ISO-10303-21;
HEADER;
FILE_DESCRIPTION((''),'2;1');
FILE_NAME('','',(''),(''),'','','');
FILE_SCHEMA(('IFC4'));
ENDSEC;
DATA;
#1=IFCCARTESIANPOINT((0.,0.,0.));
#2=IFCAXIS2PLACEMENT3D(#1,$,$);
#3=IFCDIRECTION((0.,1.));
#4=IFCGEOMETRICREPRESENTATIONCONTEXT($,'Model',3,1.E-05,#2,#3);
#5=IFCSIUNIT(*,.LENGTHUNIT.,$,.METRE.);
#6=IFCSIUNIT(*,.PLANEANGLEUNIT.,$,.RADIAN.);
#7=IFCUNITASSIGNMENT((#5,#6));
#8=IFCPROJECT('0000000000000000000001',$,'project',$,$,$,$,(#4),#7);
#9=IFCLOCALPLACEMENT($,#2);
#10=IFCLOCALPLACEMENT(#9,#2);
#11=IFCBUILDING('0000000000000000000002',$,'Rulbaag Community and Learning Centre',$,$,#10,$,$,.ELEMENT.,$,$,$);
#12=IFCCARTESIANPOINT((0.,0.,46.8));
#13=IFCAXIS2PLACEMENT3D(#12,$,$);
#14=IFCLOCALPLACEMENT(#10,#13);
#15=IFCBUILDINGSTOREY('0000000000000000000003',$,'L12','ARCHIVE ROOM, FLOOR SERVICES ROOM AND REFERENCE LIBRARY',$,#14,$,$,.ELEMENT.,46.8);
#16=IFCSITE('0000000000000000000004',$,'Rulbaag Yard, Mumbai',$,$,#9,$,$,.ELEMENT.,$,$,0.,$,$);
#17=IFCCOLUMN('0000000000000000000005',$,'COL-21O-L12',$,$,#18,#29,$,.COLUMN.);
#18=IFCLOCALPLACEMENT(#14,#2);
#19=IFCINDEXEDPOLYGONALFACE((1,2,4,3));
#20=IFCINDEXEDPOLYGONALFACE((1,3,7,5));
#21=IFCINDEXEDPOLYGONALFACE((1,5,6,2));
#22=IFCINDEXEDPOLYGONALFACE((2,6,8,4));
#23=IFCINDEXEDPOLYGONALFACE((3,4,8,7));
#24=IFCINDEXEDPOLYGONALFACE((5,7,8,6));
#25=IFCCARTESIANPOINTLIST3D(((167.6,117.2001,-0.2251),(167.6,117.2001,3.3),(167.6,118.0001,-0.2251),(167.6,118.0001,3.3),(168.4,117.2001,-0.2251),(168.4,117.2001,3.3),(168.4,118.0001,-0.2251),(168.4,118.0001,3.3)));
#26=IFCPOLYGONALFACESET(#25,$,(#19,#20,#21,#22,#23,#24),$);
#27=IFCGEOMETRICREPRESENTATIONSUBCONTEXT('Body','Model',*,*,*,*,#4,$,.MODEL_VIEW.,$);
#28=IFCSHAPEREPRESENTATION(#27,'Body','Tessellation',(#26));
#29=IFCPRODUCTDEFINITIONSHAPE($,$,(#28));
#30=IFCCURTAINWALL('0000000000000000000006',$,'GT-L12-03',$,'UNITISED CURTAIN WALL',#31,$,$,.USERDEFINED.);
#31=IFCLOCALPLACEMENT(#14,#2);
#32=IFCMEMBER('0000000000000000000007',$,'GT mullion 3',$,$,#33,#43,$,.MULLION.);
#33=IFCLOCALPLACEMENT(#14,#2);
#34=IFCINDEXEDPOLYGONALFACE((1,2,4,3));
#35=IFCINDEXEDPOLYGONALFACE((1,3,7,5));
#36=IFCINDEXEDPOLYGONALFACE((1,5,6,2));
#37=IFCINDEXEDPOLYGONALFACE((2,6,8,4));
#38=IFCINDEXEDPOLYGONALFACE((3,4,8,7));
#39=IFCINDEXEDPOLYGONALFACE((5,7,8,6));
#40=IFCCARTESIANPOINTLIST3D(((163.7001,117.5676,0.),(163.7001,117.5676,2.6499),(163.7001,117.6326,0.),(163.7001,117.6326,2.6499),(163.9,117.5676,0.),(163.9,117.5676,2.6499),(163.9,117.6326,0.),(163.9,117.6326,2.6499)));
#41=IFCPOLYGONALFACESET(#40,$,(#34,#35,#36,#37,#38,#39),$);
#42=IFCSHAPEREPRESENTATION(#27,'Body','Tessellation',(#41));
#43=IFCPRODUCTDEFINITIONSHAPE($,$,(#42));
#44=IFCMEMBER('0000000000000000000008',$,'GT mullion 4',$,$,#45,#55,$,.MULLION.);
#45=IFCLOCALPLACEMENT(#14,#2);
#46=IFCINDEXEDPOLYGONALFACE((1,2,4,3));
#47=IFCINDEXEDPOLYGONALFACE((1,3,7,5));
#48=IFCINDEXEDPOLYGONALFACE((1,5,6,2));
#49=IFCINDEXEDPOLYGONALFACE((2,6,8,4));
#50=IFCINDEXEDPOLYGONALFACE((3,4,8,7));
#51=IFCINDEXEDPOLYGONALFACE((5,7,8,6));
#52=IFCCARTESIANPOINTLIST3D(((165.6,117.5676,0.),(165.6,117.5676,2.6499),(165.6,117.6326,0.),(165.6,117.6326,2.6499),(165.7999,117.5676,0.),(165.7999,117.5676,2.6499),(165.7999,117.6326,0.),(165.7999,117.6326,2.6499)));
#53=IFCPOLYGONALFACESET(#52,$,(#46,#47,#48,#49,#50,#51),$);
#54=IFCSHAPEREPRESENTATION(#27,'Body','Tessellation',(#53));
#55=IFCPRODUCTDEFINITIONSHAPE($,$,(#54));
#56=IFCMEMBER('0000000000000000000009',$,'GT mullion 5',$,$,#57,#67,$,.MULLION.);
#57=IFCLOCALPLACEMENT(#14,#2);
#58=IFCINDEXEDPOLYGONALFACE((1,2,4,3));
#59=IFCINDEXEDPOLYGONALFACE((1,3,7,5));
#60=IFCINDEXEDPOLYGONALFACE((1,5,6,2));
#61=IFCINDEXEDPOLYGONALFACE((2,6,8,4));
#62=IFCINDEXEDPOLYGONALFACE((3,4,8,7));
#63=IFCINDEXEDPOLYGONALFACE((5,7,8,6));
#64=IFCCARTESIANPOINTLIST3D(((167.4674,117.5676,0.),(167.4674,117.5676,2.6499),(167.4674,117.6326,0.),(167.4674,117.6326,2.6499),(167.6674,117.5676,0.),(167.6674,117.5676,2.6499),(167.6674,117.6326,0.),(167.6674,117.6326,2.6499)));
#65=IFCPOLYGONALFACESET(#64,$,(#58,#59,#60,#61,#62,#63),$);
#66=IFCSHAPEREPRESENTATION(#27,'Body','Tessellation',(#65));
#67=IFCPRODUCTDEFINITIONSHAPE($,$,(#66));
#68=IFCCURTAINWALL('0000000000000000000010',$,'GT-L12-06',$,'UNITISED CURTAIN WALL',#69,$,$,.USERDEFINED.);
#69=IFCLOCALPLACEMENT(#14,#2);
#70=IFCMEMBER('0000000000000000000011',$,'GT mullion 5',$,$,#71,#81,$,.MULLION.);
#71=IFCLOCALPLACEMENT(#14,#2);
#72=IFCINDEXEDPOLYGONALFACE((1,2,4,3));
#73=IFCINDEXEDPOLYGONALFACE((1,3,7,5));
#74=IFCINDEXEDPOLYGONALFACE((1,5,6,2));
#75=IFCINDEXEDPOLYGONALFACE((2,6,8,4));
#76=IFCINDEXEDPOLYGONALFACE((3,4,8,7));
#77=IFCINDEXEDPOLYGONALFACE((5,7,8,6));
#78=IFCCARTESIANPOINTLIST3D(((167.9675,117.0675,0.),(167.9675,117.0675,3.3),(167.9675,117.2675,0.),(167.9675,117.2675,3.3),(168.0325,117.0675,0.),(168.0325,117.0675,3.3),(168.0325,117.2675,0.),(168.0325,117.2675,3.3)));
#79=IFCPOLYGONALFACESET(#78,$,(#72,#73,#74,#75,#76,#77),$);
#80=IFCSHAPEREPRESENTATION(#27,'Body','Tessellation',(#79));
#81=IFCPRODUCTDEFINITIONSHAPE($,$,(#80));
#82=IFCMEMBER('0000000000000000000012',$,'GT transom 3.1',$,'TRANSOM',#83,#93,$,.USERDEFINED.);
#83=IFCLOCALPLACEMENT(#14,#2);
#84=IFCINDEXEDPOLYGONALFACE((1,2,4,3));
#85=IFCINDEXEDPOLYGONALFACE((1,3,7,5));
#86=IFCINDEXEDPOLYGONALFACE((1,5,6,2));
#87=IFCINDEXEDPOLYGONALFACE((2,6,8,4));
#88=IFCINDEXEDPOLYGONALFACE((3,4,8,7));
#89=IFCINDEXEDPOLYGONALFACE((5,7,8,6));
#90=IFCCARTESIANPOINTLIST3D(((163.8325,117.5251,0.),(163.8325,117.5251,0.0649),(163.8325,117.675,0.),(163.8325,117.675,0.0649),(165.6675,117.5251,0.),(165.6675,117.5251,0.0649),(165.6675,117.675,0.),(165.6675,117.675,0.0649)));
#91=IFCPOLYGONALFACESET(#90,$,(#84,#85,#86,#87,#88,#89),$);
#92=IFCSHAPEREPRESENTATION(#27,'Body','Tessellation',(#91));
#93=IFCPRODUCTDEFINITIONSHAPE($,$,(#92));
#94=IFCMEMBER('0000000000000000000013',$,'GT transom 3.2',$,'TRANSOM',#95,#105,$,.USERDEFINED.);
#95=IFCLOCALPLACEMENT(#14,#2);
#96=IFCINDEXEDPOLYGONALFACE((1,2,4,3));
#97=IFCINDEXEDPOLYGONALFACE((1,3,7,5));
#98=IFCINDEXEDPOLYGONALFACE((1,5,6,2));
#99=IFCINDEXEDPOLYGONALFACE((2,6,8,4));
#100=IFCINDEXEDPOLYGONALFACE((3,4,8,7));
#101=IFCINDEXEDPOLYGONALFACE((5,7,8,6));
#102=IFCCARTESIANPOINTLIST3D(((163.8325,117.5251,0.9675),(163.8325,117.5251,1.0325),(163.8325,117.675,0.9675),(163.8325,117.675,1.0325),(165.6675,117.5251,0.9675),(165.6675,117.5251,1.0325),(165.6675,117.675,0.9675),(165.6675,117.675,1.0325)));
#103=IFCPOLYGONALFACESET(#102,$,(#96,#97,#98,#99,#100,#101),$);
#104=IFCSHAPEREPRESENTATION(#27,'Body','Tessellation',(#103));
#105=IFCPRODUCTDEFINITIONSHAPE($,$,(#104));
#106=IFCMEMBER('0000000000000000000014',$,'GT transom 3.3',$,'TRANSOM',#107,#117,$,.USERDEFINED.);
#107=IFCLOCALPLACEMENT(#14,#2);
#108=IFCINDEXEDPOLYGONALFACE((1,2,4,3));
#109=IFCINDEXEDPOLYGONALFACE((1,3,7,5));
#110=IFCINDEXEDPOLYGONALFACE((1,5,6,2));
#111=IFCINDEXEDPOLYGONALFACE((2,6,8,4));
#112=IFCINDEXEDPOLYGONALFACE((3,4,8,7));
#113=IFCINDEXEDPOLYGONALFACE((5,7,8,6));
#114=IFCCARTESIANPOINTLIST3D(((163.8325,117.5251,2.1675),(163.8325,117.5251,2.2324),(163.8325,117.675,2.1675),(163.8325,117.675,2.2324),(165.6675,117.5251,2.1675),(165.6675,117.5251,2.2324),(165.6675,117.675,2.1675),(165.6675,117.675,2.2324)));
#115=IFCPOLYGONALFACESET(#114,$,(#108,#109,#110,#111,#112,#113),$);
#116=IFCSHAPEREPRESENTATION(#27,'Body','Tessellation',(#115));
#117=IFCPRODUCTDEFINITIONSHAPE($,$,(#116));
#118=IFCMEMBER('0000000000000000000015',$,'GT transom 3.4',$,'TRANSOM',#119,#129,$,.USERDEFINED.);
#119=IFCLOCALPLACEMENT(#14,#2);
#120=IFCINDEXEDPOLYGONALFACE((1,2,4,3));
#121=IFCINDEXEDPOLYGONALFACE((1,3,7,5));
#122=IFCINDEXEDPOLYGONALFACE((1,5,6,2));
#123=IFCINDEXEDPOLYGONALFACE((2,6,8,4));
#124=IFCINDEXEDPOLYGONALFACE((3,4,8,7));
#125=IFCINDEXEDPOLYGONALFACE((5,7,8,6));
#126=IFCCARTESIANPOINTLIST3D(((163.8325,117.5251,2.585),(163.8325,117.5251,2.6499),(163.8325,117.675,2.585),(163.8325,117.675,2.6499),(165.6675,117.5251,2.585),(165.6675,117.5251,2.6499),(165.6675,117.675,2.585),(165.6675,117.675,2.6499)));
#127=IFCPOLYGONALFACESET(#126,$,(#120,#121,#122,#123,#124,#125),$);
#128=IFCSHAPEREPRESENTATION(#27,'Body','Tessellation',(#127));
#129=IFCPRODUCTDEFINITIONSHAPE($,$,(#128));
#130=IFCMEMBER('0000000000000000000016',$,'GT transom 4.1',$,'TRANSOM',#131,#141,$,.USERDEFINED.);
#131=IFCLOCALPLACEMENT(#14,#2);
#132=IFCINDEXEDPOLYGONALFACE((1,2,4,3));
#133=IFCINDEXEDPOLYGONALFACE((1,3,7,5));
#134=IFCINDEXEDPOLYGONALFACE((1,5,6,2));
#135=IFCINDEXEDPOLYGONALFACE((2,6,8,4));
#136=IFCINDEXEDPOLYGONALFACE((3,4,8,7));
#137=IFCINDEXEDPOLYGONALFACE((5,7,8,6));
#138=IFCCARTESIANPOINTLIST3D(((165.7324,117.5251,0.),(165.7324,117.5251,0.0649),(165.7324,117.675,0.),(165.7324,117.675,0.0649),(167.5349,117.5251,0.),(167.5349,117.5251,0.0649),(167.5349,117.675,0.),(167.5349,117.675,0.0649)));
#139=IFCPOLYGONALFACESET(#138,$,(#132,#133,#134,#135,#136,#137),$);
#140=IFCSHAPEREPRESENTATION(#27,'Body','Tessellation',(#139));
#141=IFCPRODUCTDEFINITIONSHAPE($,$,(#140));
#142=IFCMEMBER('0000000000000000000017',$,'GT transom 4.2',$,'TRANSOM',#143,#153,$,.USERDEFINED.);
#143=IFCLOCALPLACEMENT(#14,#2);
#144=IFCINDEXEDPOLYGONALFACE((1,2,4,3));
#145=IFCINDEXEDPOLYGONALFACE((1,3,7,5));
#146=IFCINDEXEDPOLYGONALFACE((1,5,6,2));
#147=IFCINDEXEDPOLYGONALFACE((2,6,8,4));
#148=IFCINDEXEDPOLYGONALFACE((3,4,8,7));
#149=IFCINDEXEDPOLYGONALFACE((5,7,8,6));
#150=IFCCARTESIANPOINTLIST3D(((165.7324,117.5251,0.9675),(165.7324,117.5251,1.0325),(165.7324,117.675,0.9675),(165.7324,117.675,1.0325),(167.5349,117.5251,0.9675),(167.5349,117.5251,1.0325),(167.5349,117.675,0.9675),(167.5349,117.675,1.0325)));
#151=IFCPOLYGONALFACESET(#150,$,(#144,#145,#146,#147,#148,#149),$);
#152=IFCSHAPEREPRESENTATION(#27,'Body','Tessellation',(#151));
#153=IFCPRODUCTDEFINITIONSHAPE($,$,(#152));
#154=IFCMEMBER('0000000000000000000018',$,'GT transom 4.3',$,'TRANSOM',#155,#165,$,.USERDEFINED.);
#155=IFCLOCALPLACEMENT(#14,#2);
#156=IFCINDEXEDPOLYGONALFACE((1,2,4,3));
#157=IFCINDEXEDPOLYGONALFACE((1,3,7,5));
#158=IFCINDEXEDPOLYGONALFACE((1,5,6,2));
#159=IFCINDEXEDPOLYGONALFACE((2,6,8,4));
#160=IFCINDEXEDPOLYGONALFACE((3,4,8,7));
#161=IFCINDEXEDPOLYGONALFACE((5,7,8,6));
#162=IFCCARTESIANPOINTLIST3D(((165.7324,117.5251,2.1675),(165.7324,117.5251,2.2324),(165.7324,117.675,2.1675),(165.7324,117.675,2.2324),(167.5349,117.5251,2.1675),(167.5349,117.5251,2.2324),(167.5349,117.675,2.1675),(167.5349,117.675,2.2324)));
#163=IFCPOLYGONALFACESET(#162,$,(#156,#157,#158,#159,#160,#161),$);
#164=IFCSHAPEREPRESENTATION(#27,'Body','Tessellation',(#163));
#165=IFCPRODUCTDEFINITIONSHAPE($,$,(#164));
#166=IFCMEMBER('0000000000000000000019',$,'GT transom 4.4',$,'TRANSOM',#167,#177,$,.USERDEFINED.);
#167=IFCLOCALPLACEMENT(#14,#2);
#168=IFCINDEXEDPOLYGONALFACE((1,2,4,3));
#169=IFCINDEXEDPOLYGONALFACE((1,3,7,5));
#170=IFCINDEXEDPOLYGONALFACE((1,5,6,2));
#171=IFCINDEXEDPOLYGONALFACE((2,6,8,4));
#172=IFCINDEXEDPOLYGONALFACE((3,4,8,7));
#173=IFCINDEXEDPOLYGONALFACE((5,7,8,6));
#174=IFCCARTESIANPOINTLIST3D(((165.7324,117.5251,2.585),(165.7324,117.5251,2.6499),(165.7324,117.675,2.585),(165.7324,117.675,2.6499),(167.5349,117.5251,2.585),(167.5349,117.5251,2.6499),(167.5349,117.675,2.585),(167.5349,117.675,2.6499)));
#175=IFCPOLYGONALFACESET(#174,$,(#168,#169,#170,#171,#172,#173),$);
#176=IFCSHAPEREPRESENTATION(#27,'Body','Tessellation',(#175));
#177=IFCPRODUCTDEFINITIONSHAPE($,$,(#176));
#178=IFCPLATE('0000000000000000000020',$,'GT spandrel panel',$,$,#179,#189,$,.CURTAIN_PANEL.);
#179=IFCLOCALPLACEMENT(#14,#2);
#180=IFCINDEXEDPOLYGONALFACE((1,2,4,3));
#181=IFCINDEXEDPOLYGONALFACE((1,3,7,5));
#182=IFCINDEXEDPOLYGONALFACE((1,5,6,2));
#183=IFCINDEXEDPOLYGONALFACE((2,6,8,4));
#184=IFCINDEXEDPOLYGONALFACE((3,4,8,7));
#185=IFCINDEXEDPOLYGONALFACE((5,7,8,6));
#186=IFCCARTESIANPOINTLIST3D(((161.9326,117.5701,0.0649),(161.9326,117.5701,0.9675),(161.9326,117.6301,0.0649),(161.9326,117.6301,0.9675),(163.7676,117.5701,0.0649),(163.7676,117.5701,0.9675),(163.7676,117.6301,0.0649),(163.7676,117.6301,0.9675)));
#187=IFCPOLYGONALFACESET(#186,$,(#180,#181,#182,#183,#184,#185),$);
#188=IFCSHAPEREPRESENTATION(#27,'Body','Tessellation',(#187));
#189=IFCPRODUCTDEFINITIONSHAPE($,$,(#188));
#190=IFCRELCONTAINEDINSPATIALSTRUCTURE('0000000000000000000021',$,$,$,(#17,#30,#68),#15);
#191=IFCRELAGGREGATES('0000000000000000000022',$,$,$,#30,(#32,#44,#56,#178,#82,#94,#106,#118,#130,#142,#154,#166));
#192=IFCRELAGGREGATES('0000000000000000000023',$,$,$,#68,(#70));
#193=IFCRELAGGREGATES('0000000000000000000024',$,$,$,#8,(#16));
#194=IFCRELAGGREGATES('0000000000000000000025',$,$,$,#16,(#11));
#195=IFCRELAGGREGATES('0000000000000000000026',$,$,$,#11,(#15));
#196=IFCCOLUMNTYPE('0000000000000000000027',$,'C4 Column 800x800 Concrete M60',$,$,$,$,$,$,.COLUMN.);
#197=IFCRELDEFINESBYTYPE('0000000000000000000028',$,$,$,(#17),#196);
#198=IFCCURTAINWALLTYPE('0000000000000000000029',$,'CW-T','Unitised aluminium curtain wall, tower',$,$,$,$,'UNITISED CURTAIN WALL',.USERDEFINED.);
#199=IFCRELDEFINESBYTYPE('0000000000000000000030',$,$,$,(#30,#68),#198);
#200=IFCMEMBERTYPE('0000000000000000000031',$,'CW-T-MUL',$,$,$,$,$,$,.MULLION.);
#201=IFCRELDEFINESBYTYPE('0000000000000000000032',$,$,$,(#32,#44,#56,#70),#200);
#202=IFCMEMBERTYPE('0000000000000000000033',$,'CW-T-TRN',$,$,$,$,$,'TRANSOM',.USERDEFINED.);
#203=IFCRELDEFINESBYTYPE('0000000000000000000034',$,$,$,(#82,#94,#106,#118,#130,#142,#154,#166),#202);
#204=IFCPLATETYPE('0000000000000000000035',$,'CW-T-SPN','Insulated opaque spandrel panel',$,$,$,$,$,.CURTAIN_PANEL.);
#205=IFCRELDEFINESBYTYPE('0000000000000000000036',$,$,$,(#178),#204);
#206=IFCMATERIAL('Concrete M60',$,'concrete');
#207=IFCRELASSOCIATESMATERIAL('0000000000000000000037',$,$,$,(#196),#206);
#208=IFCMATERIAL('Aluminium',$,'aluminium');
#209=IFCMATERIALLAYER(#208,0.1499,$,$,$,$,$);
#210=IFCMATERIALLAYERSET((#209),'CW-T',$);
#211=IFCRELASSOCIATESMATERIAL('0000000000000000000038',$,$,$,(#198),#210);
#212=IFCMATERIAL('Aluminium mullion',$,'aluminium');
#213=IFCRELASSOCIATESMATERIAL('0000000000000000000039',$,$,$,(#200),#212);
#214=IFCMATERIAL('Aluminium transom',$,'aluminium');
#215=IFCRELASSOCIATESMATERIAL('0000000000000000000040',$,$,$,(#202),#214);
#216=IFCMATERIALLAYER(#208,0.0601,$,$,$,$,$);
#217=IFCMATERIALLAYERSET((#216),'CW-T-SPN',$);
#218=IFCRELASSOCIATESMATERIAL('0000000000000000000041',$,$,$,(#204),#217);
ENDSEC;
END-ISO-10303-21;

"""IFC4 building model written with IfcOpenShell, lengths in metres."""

from ifc_helpers import new_model, si_unit, direction, frame, origin, origin_2d, place, context, subcontext, project, spatial, rectangle, extrude, material, layer, layer_set, material_profile, profile_set, type_object, element, aggregate, save


model = new_model("IFC4")

# Units and contexts
model_context = context("Model", 3, precision=1e-05, world=origin(), true_north=direction((0.0, 1.0)))
body_context = subcontext(model_context, "Body", "Model", "MODEL_VIEW")
ifc_project = project(units=[si_unit("LENGTHUNIT", "METRE"), si_unit("PLANEANGLEUNIT", "RADIAN")], contexts=[model_context])

# Site, building, storey
site_placement = place(None, origin())
site = spatial("IfcSite", under=ifc_project, at=site_placement, Name="Rulbaag Yard, Mumbai", CompositionType="ELEMENT", RefElevation=0.0)
building_placement = place(site_placement, origin())
building = spatial("IfcBuilding", under=site, at=building_placement, Name="Rulbaag Community and Learning Centre", CompositionType="ELEMENT")
storey_placement = place(building_placement, frame((0.0, 0.0, 46.8)))
storey = spatial("IfcBuildingStorey", under=building, at=storey_placement, Name="L12", Description="ARCHIVE ROOM, FLOOR SERVICES ROOM AND REFERENCE LIBRARY", CompositionType="ELEMENT", Elevation=46.8)

# Column
ifc_material_1 = material(Name="Concrete M60", Category="concrete")
ifc_material_profile_1 = material_profile(ifc_material_1, rectangle(XDim=0.8, YDim=0.8, at=origin_2d()), Name="RC800x800")
ifc_profile_set_1 = profile_set([ifc_material_profile_1], Name="Concrete M60")
column_type = type_object("IfcColumnType", Name="C4 Column 800x800 Concrete M60", PredefinedType="COLUMN", material=ifc_profile_set_1)
column_placement = place(storey_placement, frame((168.0, 117.6001, -0.2251), z_axis=(0.0, 0.0, 1.0), x_axis=(1.0, 0.0, 0.0)))
element("IfcColumn", 1, at=column_placement, inside=storey, type_object=column_type, Name="COL-21O-L12", PredefinedType="COLUMN", context=body_context, shape_type="SweptSolid", body=[
    extrude(rectangle(XDim=0.8, YDim=0.8, at=origin_2d()), origin(), (0.0, 0.0, 1.0), 3.5251),
])

# Curtain wall, members
ifc_material_2 = material(Name="Aluminium", Category="aluminium")
ifc_layer_1 = layer(ifc_material_2, 0.1499)
ifc_layer_set_1 = layer_set([ifc_layer_1], Name="CW-T")
curtain_wall_type = type_object("IfcCurtainWallType", Name="CW-T", Description="Unitised aluminium curtain wall, tower", ElementType="UNITISED CURTAIN WALL", PredefinedType="USERDEFINED", material=ifc_layer_set_1)
curtain_wall_1_placement = place(storey_placement, origin())
curtain_wall_1 = element("IfcCurtainWall", 2, at=curtain_wall_1_placement, inside=storey, type_object=curtain_wall_type, Name="GT-L12-03", ObjectType="UNITISED CURTAIN WALL", PredefinedType="USERDEFINED")
ifc_material_3 = material(Name="Aluminium mullion", Category="aluminium")
ifc_material_profile_2 = material_profile(ifc_material_3, rectangle(XDim=0.0649, YDim=0.2, at=origin_2d()), Name="AL 65x200")
ifc_profile_set_2 = profile_set([ifc_material_profile_2], Name="Aluminium mullion")
member_type_1 = type_object("IfcMemberType", Name="CW-T-MUL", PredefinedType="MULLION", material=ifc_profile_set_2)
member_1_placement = place(storey_placement, frame((163.8, 117.6001, 0.0), z_axis=(0.0, 0.0, 1.0), x_axis=(0.0, 1.0, 0.0)))
member_1 = element("IfcMember", 3, at=member_1_placement, type_object=member_type_1, Name="GT mullion 3", PredefinedType="MULLION", context=body_context, shape_type="SweptSolid", body=[
    extrude(rectangle(XDim=0.0649, YDim=0.2, at=origin_2d()), origin(), (0.0, 0.0, 1.0), 2.6499),
])
member_2_placement = place(storey_placement, frame((165.7, 117.6001, 0.0), z_axis=(0.0, 0.0, 1.0), x_axis=(0.0, 1.0, 0.0)))
member_2 = element("IfcMember", 4, at=member_2_placement, type_object=member_type_1, Name="GT mullion 4", PredefinedType="MULLION", context=body_context, shape_type="SweptSolid", body=[
    extrude(rectangle(XDim=0.0649, YDim=0.2, at=origin_2d()), origin(), (0.0, 0.0, 1.0), 2.6499),
])
member_3_placement = place(storey_placement, frame((167.5674, 117.6001, 0.0), z_axis=(0.0, 0.0, 1.0), x_axis=(0.0, 1.0, 0.0)))
member_3 = element("IfcMember", 5, at=member_3_placement, type_object=member_type_1, Name="GT mullion 5", PredefinedType="MULLION", context=body_context, shape_type="SweptSolid", body=[
    extrude(rectangle(XDim=0.0649, YDim=0.2, at=origin_2d()), origin(), (0.0, 0.0, 1.0), 2.6499),
])

# Curtain wall, member
curtain_wall_2_placement = place(storey_placement, origin())
curtain_wall_2 = element("IfcCurtainWall", 6, at=curtain_wall_2_placement, inside=storey, type_object=curtain_wall_type, Name="GT-L12-06", ObjectType="UNITISED CURTAIN WALL", PredefinedType="USERDEFINED")
member_4_placement = place(storey_placement, frame((168.0, 117.1675, 0.0), z_axis=(0.0, 0.0, 1.0), x_axis=(-1.0, 0.0, 0.0)))
member_4 = element("IfcMember", 7, at=member_4_placement, type_object=member_type_1, Name="GT mullion 5", PredefinedType="MULLION", context=body_context, shape_type="SweptSolid", body=[
    extrude(rectangle(XDim=0.0649, YDim=0.2, at=origin_2d()), origin(), (0.0, 0.0, 1.0), 3.3),
])

# Members
ifc_material_4 = material(Name="Aluminium transom", Category="aluminium")
ifc_material_profile_3 = material_profile(ifc_material_4, rectangle(XDim=0.1499, YDim=0.0649, at=origin_2d()), Name="AL 65x150 T")
ifc_profile_set_3 = profile_set([ifc_material_profile_3], Name="Aluminium transom")
member_type_2 = type_object("IfcMemberType", Name="CW-T-TRN", ElementType="TRANSOM", PredefinedType="USERDEFINED", material=ifc_profile_set_3)
member_5_placement = place(storey_placement, frame((163.8325, 117.6001, 0.0325), z_axis=(1.0, 0.0, 0.0), x_axis=(0.0, 1.0, 0.0)))
member_5 = element("IfcMember", 8, at=member_5_placement, type_object=member_type_2, Name="GT transom 3.1", ObjectType="TRANSOM", PredefinedType="USERDEFINED", context=body_context, shape_type="SweptSolid", body=[
    extrude(rectangle(XDim=0.1499, YDim=0.0649, at=origin_2d()), origin(), (0.0, 0.0, 1.0), 1.835),
])
member_6_placement = place(storey_placement, frame((163.8325, 117.6001, 1.0), z_axis=(1.0, 0.0, 0.0), x_axis=(0.0, 1.0, 0.0)))
member_6 = element("IfcMember", 9, at=member_6_placement, type_object=member_type_2, Name="GT transom 3.2", ObjectType="TRANSOM", PredefinedType="USERDEFINED", context=body_context, shape_type="SweptSolid", body=[
    extrude(rectangle(XDim=0.1499, YDim=0.0649, at=origin_2d()), origin(), (0.0, 0.0, 1.0), 1.835),
])
member_7_placement = place(storey_placement, frame((163.8325, 117.6001, 2.2), z_axis=(1.0, 0.0, 0.0), x_axis=(0.0, 1.0, 0.0)))
member_7 = element("IfcMember", 10, at=member_7_placement, type_object=member_type_2, Name="GT transom 3.3", ObjectType="TRANSOM", PredefinedType="USERDEFINED", context=body_context, shape_type="SweptSolid", body=[
    extrude(rectangle(XDim=0.1499, YDim=0.0649, at=origin_2d()), origin(), (0.0, 0.0, 1.0), 1.835),
])
member_8_placement = place(storey_placement, frame((163.8325, 117.6001, 2.6174), z_axis=(1.0, 0.0, 0.0), x_axis=(0.0, 1.0, 0.0)))
member_8 = element("IfcMember", 11, at=member_8_placement, type_object=member_type_2, Name="GT transom 3.4", ObjectType="TRANSOM", PredefinedType="USERDEFINED", context=body_context, shape_type="SweptSolid", body=[
    extrude(rectangle(XDim=0.1499, YDim=0.0649, at=origin_2d()), origin(), (0.0, 0.0, 1.0), 1.835),
])
member_9_placement = place(storey_placement, frame((165.7324, 117.6001, 0.0325), z_axis=(1.0, 0.0, 0.0), x_axis=(0.0, 1.0, 0.0)))
member_9 = element("IfcMember", 12, at=member_9_placement, type_object=member_type_2, Name="GT transom 4.1", ObjectType="TRANSOM", PredefinedType="USERDEFINED", context=body_context, shape_type="SweptSolid", body=[
    extrude(rectangle(XDim=0.1499, YDim=0.0649, at=origin_2d()), origin(), (0.0, 0.0, 1.0), 1.8025),
])
member_10_placement = place(storey_placement, frame((165.7324, 117.6001, 1.0), z_axis=(1.0, 0.0, 0.0), x_axis=(0.0, 1.0, 0.0)))
member_10 = element("IfcMember", 13, at=member_10_placement, type_object=member_type_2, Name="GT transom 4.2", ObjectType="TRANSOM", PredefinedType="USERDEFINED", context=body_context, shape_type="SweptSolid", body=[
    extrude(rectangle(XDim=0.1499, YDim=0.0649, at=origin_2d()), origin(), (0.0, 0.0, 1.0), 1.8025),
])
member_11_placement = place(storey_placement, frame((165.7324, 117.6001, 2.2), z_axis=(1.0, 0.0, 0.0), x_axis=(0.0, 1.0, 0.0)))
member_11 = element("IfcMember", 14, at=member_11_placement, type_object=member_type_2, Name="GT transom 4.3", ObjectType="TRANSOM", PredefinedType="USERDEFINED", context=body_context, shape_type="SweptSolid", body=[
    extrude(rectangle(XDim=0.1499, YDim=0.0649, at=origin_2d()), origin(), (0.0, 0.0, 1.0), 1.8025),
])
member_12_placement = place(storey_placement, frame((165.7324, 117.6001, 2.6174), z_axis=(1.0, 0.0, 0.0), x_axis=(0.0, 1.0, 0.0)))
member_12 = element("IfcMember", 15, at=member_12_placement, type_object=member_type_2, Name="GT transom 4.4", ObjectType="TRANSOM", PredefinedType="USERDEFINED", context=body_context, shape_type="SweptSolid", body=[
    extrude(rectangle(XDim=0.1499, YDim=0.0649, at=origin_2d()), origin(), (0.0, 0.0, 1.0), 1.8025),
])

# Plate
ifc_layer_2 = layer(ifc_material_2, 0.0601)
ifc_layer_set_2 = layer_set([ifc_layer_2], Name="CW-T-SPN")
plate_type_1 = type_object("IfcPlateType", Name="CW-T-SPN", Description="Insulated opaque spandrel panel", PredefinedType="CURTAIN_PANEL", material=ifc_layer_set_2)
plate_1_placement = place(storey_placement, frame((162.8501, 117.6001, 0.0649), z_axis=(0.0, 0.0, 1.0), x_axis=(1.0, 0.0, 0.0)))
plate_1 = element("IfcPlate", 16, at=plate_1_placement, type_object=plate_type_1, Name="GT spandrel panel", PredefinedType="CURTAIN_PANEL", context=body_context, shape_type="SweptSolid", body=[
    extrude(rectangle(XDim=1.835, YDim=0.0601, at=origin_2d()), origin(), (0.0, 0.0, 1.0), 0.9026),
])
aggregate(curtain_wall_1, [member_1, member_2, member_3, plate_1, member_5, member_6, member_7, member_8, member_9, member_10, member_11, member_12])
aggregate(curtain_wall_2, [member_4])

save(model, "model.ifc")
